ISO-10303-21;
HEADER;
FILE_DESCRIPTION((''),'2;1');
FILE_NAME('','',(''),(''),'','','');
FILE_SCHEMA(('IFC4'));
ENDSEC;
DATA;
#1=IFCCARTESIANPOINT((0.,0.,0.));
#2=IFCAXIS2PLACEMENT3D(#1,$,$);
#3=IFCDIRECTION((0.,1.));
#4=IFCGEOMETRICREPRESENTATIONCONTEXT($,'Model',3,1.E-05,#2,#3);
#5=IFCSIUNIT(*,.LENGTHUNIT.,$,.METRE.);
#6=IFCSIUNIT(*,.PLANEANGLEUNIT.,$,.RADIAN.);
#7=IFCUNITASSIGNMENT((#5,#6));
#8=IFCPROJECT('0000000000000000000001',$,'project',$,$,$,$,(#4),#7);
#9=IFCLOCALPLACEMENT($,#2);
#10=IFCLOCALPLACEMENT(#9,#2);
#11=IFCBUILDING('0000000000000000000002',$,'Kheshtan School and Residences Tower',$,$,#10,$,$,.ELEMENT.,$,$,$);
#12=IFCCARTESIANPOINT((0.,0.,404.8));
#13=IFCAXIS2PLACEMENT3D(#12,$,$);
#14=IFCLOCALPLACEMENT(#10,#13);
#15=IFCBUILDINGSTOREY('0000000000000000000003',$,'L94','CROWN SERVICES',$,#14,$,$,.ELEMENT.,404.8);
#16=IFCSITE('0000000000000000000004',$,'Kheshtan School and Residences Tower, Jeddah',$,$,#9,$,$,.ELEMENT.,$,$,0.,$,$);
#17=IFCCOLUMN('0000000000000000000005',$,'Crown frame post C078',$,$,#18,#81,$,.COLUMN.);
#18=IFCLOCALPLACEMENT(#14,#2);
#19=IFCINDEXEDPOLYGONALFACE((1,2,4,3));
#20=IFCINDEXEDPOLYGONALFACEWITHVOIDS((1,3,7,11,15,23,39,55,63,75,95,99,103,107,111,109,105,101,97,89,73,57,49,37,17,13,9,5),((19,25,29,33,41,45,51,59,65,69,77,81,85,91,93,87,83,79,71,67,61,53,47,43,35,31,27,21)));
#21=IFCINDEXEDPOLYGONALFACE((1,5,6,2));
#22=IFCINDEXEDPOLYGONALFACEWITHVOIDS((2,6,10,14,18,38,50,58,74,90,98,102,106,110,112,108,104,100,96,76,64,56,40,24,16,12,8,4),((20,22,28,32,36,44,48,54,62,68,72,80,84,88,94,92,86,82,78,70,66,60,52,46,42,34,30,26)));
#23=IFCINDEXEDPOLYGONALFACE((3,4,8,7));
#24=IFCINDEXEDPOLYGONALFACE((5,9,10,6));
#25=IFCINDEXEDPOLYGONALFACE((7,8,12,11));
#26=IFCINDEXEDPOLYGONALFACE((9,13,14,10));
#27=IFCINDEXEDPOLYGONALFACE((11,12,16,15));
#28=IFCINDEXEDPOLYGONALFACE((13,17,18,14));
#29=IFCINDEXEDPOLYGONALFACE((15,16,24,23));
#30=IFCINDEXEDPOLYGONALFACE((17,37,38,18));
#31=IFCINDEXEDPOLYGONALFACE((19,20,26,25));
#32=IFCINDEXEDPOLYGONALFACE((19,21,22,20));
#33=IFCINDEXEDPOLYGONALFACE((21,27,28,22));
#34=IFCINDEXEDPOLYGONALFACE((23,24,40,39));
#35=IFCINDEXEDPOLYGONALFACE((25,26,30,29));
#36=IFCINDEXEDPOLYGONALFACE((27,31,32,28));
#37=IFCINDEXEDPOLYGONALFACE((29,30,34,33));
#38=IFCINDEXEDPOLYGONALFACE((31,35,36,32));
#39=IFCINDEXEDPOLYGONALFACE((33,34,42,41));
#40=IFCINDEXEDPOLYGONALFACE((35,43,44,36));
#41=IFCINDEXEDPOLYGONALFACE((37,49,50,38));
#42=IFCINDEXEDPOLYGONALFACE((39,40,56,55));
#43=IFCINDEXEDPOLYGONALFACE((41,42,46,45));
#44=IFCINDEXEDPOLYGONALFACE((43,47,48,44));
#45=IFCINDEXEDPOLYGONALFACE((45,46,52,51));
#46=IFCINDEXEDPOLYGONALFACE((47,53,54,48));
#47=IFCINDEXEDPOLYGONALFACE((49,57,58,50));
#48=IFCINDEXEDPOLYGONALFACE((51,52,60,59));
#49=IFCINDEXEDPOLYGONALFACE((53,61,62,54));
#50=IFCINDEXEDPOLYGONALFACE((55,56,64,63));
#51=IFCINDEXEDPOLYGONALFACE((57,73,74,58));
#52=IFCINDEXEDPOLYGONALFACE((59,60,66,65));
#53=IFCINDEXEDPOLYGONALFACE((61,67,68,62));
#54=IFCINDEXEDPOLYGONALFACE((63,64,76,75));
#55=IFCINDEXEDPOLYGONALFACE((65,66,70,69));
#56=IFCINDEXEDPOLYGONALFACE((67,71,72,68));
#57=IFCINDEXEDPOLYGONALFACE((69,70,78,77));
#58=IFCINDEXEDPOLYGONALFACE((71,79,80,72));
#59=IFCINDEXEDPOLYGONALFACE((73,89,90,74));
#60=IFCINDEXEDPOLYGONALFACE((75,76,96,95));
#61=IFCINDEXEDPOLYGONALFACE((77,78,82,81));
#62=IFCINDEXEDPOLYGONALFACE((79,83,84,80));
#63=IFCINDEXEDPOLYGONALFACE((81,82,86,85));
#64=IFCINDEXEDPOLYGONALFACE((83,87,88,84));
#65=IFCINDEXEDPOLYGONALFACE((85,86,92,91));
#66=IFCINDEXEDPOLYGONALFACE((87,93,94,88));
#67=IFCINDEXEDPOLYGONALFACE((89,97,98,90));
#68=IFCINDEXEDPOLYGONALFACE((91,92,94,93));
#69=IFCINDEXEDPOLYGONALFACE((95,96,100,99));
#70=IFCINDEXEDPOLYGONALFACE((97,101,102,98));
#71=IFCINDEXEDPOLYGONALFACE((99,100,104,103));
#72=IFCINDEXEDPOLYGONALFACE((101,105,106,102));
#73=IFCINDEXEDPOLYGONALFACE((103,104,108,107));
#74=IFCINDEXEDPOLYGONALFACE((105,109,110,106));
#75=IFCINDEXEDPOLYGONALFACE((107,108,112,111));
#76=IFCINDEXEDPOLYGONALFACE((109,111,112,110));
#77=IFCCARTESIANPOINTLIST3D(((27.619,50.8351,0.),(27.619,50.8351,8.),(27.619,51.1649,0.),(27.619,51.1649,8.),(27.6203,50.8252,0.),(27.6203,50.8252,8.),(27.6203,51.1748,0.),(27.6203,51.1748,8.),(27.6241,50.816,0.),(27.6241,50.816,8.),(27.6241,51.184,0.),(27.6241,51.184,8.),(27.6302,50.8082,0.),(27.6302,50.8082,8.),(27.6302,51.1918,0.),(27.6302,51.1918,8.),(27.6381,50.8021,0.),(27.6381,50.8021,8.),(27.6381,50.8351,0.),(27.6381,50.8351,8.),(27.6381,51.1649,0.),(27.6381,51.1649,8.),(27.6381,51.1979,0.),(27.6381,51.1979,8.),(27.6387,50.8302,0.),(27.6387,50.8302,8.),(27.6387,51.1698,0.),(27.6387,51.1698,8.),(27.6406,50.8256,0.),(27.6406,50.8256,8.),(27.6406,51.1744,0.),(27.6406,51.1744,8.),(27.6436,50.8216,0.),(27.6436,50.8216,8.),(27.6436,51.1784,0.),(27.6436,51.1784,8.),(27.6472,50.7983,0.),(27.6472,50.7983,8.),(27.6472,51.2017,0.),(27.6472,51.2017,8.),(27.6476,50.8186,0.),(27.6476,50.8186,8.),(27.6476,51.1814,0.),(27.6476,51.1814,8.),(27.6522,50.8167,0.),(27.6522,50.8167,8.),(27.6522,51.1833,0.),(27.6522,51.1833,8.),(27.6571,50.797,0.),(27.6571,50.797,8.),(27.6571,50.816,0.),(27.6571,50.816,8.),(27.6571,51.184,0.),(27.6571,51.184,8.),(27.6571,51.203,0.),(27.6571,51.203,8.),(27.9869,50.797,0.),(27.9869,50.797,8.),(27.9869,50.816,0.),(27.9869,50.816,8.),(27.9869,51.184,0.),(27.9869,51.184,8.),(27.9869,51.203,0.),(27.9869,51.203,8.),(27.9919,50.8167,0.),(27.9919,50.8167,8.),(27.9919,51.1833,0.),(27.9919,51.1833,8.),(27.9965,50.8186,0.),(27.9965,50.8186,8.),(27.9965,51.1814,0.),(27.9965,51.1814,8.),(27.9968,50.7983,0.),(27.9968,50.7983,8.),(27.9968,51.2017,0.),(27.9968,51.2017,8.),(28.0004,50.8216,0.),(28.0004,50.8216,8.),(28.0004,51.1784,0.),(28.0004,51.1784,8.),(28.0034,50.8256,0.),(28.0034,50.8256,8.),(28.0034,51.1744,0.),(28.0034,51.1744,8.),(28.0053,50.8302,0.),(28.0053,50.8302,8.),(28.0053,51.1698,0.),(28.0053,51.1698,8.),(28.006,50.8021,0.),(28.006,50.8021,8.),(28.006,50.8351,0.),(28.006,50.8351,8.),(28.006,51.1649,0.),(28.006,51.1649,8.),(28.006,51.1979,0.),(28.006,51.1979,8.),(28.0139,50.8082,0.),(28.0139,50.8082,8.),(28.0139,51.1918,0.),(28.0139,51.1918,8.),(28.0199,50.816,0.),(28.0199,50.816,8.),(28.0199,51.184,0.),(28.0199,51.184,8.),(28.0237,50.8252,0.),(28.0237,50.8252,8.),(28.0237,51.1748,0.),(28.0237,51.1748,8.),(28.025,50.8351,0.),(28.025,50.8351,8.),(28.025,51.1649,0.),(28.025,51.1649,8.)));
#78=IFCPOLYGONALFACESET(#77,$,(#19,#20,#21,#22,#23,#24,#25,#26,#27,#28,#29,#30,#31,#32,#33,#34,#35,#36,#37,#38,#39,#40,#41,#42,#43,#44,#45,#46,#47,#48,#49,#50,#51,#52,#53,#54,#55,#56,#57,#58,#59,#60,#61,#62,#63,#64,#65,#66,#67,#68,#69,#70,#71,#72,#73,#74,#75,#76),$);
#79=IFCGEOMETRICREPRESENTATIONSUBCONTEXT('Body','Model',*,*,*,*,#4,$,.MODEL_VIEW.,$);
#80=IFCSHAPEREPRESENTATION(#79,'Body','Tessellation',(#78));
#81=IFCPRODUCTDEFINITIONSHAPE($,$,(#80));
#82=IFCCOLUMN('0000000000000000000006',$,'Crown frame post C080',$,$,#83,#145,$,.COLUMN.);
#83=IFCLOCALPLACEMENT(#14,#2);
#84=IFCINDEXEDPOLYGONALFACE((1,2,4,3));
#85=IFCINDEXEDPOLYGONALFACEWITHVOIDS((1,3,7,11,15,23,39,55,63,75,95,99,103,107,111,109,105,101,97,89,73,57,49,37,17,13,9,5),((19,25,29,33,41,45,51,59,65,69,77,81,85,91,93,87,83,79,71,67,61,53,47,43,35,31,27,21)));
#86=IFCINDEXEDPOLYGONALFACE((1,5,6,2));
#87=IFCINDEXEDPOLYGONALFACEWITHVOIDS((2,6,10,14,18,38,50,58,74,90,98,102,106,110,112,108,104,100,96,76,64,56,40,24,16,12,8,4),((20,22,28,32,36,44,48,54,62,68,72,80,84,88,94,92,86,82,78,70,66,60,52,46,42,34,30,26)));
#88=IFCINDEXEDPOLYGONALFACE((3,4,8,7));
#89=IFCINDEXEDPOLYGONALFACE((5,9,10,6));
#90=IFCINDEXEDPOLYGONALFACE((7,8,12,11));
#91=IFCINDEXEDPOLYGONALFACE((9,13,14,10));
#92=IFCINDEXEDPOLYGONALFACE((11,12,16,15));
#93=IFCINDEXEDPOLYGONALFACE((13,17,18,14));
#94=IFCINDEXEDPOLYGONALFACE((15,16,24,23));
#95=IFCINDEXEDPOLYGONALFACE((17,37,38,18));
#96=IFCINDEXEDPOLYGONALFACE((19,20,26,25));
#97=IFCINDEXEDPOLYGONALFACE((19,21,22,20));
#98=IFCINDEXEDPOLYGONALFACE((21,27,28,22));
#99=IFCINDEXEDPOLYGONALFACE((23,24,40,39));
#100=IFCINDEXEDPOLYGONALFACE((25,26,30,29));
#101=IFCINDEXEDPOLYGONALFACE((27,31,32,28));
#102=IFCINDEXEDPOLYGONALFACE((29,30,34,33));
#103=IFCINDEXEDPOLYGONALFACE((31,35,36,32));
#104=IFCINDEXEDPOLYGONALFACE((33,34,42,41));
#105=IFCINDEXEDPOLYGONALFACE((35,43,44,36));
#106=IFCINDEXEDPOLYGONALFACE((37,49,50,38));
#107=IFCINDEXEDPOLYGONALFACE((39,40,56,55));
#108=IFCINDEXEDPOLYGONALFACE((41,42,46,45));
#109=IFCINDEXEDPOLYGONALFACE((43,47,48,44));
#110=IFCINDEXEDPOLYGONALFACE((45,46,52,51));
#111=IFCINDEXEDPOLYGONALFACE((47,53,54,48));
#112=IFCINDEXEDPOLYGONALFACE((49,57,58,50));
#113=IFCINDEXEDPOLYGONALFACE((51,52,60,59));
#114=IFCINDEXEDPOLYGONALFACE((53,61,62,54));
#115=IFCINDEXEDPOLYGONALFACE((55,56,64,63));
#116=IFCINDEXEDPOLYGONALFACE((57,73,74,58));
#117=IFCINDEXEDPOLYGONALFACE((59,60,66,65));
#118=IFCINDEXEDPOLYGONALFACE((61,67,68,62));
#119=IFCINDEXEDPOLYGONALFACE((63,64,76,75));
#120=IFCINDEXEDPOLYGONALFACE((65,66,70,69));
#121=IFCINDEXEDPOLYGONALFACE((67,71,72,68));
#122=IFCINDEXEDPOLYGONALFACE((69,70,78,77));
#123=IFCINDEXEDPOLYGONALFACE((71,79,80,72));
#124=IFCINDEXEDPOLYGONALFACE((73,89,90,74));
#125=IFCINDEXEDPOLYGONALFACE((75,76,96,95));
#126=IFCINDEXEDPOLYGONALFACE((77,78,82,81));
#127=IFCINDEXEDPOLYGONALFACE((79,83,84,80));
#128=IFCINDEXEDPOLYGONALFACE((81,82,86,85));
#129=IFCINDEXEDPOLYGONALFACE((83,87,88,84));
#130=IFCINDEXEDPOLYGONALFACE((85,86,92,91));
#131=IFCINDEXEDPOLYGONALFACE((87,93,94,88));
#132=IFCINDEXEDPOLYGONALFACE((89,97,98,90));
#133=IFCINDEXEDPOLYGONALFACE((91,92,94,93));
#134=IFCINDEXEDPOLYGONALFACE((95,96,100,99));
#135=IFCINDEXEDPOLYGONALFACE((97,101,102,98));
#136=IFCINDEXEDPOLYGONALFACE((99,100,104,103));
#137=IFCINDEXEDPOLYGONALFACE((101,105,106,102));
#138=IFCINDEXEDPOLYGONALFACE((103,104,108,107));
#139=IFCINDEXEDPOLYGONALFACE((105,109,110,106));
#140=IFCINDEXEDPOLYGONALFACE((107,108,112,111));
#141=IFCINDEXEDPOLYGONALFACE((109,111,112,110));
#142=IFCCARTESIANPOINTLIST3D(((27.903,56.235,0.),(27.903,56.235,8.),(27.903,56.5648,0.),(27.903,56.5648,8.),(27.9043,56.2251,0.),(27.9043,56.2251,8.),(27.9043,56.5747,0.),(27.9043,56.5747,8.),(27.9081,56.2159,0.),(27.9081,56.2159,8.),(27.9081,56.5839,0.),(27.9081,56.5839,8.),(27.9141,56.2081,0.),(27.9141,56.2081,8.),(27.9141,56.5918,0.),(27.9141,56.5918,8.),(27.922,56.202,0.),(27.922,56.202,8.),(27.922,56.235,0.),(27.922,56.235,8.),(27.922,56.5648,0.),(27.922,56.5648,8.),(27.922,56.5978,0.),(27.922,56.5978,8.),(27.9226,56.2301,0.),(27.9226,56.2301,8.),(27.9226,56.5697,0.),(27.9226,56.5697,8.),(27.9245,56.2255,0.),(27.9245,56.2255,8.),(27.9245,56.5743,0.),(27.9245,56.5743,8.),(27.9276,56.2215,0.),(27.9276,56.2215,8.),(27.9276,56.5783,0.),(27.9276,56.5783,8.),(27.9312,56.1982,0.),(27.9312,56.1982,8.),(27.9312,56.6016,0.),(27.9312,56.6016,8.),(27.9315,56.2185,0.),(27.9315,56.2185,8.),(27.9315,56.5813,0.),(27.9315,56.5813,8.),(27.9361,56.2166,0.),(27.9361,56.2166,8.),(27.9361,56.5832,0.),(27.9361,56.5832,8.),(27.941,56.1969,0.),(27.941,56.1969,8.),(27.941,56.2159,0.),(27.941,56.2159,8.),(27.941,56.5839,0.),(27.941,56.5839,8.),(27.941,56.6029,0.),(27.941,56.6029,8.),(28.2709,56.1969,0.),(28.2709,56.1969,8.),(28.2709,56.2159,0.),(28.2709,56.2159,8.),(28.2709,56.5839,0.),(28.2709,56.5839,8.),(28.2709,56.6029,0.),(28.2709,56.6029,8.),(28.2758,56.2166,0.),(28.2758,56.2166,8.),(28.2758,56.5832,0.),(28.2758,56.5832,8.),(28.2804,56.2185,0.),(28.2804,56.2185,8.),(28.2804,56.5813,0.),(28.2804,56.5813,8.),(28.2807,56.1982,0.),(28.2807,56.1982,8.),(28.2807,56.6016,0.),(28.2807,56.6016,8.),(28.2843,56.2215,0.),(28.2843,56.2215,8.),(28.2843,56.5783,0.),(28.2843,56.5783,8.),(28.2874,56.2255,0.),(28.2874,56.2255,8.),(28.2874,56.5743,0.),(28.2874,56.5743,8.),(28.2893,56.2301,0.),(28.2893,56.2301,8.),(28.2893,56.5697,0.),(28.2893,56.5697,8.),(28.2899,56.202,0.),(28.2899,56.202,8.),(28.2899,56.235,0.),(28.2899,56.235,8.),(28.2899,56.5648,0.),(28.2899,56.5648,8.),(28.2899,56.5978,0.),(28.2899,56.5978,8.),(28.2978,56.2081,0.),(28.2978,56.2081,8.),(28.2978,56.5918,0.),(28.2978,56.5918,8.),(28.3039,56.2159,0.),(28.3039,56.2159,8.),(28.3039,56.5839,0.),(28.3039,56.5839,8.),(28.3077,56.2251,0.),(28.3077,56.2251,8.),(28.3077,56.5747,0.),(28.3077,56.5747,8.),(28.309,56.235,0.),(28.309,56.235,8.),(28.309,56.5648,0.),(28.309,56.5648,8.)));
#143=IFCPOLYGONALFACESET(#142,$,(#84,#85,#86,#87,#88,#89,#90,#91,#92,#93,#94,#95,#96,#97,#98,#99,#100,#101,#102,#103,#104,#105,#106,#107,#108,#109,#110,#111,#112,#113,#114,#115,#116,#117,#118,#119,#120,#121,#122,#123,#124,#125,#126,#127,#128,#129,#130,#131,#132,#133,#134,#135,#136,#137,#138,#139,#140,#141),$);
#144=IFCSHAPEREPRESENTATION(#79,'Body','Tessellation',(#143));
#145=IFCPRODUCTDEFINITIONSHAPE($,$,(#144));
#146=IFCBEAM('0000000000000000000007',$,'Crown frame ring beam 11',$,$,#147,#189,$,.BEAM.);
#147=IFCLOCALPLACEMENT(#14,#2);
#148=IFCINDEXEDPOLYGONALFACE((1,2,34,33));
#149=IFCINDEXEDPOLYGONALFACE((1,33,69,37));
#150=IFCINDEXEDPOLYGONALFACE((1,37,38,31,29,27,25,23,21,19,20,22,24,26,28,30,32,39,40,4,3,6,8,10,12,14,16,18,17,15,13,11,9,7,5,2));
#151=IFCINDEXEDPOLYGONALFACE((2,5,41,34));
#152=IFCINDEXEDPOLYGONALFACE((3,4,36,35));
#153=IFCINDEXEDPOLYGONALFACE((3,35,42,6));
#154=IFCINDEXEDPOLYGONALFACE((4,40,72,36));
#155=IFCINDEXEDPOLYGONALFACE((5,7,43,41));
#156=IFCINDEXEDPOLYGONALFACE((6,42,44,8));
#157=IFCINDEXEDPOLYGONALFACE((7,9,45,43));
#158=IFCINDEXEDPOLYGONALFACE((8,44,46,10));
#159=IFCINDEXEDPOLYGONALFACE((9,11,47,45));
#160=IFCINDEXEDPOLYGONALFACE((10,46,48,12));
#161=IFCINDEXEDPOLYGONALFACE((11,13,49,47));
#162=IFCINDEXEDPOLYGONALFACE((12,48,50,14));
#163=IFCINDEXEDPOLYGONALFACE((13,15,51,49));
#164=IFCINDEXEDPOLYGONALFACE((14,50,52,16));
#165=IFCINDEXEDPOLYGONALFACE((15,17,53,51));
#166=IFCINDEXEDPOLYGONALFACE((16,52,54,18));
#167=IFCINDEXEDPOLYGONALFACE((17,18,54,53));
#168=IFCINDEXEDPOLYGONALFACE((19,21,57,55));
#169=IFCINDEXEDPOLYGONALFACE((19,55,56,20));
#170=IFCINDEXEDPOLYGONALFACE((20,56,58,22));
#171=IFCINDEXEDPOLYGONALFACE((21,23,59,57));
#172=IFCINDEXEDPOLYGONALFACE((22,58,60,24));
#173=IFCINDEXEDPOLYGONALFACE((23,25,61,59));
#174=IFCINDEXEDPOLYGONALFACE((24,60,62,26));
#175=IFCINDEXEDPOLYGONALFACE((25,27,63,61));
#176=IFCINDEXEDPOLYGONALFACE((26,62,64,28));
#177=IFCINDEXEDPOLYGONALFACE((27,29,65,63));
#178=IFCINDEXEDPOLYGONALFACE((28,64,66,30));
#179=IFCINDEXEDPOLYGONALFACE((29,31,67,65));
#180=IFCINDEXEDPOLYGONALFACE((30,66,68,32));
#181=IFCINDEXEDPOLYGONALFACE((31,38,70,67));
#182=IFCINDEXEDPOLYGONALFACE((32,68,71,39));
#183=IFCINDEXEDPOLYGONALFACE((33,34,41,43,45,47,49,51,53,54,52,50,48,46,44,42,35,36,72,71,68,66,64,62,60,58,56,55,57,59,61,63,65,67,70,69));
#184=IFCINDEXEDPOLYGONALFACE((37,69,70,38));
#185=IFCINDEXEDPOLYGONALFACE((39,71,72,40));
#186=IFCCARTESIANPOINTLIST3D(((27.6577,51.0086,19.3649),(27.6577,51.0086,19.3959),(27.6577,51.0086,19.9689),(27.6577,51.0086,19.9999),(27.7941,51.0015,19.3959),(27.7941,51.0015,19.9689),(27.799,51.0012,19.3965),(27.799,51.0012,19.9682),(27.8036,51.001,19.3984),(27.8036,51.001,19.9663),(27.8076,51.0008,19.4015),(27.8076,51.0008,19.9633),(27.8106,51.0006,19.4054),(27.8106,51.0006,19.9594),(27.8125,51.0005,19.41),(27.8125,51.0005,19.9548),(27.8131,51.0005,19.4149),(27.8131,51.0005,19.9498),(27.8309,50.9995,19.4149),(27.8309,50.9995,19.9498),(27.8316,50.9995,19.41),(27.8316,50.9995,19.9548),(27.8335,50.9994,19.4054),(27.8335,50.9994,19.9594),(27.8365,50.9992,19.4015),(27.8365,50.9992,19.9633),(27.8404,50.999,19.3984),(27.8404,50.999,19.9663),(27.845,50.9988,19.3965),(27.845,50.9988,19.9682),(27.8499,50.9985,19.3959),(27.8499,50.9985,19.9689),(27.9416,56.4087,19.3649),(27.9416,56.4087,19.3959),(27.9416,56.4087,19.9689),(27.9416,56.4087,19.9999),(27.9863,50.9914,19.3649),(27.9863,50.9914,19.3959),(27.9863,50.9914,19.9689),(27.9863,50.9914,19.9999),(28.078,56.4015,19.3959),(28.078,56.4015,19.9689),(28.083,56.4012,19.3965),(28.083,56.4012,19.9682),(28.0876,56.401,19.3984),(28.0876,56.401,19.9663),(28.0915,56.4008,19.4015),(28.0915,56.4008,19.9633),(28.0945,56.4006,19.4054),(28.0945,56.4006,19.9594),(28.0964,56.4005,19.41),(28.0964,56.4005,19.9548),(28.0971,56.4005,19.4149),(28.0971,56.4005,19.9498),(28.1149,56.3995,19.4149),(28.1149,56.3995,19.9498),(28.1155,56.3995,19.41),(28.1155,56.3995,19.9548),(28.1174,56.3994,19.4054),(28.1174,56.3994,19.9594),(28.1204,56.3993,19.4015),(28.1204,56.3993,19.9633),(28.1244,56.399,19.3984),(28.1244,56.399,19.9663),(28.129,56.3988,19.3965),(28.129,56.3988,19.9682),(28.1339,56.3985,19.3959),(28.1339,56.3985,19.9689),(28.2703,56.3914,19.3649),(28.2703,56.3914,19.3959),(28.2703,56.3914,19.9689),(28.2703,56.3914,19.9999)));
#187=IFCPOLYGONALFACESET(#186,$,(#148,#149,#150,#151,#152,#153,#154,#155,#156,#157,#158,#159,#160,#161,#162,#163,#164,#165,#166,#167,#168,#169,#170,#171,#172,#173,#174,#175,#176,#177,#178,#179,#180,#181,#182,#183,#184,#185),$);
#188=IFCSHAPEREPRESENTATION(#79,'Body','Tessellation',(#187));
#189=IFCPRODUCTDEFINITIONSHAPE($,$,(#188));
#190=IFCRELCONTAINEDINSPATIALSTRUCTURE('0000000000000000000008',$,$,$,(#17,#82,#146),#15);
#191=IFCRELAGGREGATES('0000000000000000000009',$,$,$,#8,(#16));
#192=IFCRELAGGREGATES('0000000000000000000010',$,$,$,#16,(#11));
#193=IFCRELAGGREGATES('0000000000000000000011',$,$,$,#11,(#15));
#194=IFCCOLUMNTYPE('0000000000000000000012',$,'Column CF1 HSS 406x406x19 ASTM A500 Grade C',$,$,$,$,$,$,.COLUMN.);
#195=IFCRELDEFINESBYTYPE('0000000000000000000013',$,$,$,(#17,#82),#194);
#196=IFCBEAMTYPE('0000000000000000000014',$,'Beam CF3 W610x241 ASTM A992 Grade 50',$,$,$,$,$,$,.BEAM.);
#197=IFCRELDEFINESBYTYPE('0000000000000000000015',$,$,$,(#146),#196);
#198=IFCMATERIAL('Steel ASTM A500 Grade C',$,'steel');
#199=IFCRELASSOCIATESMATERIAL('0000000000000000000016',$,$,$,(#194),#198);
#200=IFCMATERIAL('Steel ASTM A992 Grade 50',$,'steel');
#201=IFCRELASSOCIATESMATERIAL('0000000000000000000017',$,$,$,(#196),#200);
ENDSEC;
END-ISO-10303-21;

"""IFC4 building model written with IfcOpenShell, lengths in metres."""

from ifc_helpers import new_model, si_unit, direction, frame, origin, origin_2d, place, context, subcontext, project, spatial, hollow_rectangle, i_section, extrude, material, material_profile, profile_set, type_object, element, save


model = new_model("IFC4")

# Units and contexts
model_context = context("Model", 3, precision=1e-05, world=origin(), true_north=direction((0.0, 1.0)))
body_context = subcontext(model_context, "Body", "Model", "MODEL_VIEW")
ifc_project = project(units=[si_unit("LENGTHUNIT", "METRE"), si_unit("PLANEANGLEUNIT", "RADIAN")], contexts=[model_context])

# Site, building, storey
site_placement = place(None, origin())
site = spatial("IfcSite", under=ifc_project, at=site_placement, Name="Kheshtan School and Residences Tower, Jeddah", CompositionType="ELEMENT", RefElevation=0.0)
building_placement = place(site_placement, origin())
building = spatial("IfcBuilding", under=site, at=building_placement, Name="Kheshtan School and Residences Tower", CompositionType="ELEMENT")
storey_placement = place(building_placement, frame((0.0, 0.0, 404.8)))
storey = spatial("IfcBuildingStorey", under=building, at=storey_placement, Name="L94", Description="CROWN SERVICES", CompositionType="ELEMENT", Elevation=404.8)

# Columns
ifc_material_1 = material(Name="Steel ASTM A500 Grade C", Category="steel")
ifc_material_profile_1 = material_profile(ifc_material_1, hollow_rectangle(XDim=0.406, YDim=0.406, WallThickness=0.019, InnerFilletRadius=0.019, OuterFilletRadius=0.0381, at=origin_2d()), Name="HSS 406x406x19")
ifc_profile_set_1 = profile_set([ifc_material_profile_1], Name="Steel ASTM A500 Grade C")
column_type = type_object("IfcColumnType", Name="Column CF1 HSS 406x406x19 ASTM A500 Grade C", PredefinedType="COLUMN", material=ifc_profile_set_1)
for number, where, z_axis, x_axis, name in (
    (1, (27.822, 51.0, 0.0), (0.0, 0.0, 1.0), (1.0, 0.0, 0.0), "Crown frame post C078"),
    (2, (28.106, 56.3999, 0.0), (0.0, 0.0, 1.0), (1.0, 0.0, 0.0), "Crown frame post C080"),
):
    element("IfcColumn", number, at=place(storey_placement, frame(where, z_axis=z_axis, x_axis=x_axis)), inside=storey, type_object=column_type, Name=name, PredefinedType="COLUMN", context=body_context, shape_type="SweptSolid", body=[
        extrude(hollow_rectangle(XDim=0.406, YDim=0.406, WallThickness=0.019, InnerFilletRadius=0.019, OuterFilletRadius=0.0381, at=origin_2d()), origin(), (0.0, 0.0, 1.0), 8.0),
    ])

# Beam
ifc_material_2 = material(Name="Steel ASTM A992 Grade 50", Category="steel")
ifc_material_profile_2 = material_profile(ifc_material_2, i_section(OverallWidth=0.3291, OverallDepth=0.635, WebThickness=0.0178, FlangeThickness=0.031, FilletRadius=0.019, at=origin_2d()), Name="W610x241")
ifc_profile_set_2 = profile_set([ifc_material_profile_2], Name="Steel ASTM A992 Grade 50")
beam_type_1 = type_object("IfcBeamType", Name="Beam CF3 W610x241 ASTM A992 Grade 50", PredefinedType="BEAM", material=ifc_profile_set_2)
beam_1_placement = place(storey_placement, frame((27.822, 51.0, 19.6824), z_axis=(0.052509, 0.99862, 0.0), x_axis=(-0.99862, 0.052509, 0.0)))
element("IfcBeam", 3, at=beam_1_placement, inside=storey, type_object=beam_type_1, Name="Crown frame ring beam 11", PredefinedType="BEAM", context=body_context, shape_type="SweptSolid", body=[
    extrude(i_section(OverallWidth=0.3291, OverallDepth=0.635, WebThickness=0.0178, FlangeThickness=0.031, FilletRadius=0.019, at=origin_2d()), origin(), (0.0, 0.0, 1.0), 5.4075),
])

save(model, "model.ifc")
